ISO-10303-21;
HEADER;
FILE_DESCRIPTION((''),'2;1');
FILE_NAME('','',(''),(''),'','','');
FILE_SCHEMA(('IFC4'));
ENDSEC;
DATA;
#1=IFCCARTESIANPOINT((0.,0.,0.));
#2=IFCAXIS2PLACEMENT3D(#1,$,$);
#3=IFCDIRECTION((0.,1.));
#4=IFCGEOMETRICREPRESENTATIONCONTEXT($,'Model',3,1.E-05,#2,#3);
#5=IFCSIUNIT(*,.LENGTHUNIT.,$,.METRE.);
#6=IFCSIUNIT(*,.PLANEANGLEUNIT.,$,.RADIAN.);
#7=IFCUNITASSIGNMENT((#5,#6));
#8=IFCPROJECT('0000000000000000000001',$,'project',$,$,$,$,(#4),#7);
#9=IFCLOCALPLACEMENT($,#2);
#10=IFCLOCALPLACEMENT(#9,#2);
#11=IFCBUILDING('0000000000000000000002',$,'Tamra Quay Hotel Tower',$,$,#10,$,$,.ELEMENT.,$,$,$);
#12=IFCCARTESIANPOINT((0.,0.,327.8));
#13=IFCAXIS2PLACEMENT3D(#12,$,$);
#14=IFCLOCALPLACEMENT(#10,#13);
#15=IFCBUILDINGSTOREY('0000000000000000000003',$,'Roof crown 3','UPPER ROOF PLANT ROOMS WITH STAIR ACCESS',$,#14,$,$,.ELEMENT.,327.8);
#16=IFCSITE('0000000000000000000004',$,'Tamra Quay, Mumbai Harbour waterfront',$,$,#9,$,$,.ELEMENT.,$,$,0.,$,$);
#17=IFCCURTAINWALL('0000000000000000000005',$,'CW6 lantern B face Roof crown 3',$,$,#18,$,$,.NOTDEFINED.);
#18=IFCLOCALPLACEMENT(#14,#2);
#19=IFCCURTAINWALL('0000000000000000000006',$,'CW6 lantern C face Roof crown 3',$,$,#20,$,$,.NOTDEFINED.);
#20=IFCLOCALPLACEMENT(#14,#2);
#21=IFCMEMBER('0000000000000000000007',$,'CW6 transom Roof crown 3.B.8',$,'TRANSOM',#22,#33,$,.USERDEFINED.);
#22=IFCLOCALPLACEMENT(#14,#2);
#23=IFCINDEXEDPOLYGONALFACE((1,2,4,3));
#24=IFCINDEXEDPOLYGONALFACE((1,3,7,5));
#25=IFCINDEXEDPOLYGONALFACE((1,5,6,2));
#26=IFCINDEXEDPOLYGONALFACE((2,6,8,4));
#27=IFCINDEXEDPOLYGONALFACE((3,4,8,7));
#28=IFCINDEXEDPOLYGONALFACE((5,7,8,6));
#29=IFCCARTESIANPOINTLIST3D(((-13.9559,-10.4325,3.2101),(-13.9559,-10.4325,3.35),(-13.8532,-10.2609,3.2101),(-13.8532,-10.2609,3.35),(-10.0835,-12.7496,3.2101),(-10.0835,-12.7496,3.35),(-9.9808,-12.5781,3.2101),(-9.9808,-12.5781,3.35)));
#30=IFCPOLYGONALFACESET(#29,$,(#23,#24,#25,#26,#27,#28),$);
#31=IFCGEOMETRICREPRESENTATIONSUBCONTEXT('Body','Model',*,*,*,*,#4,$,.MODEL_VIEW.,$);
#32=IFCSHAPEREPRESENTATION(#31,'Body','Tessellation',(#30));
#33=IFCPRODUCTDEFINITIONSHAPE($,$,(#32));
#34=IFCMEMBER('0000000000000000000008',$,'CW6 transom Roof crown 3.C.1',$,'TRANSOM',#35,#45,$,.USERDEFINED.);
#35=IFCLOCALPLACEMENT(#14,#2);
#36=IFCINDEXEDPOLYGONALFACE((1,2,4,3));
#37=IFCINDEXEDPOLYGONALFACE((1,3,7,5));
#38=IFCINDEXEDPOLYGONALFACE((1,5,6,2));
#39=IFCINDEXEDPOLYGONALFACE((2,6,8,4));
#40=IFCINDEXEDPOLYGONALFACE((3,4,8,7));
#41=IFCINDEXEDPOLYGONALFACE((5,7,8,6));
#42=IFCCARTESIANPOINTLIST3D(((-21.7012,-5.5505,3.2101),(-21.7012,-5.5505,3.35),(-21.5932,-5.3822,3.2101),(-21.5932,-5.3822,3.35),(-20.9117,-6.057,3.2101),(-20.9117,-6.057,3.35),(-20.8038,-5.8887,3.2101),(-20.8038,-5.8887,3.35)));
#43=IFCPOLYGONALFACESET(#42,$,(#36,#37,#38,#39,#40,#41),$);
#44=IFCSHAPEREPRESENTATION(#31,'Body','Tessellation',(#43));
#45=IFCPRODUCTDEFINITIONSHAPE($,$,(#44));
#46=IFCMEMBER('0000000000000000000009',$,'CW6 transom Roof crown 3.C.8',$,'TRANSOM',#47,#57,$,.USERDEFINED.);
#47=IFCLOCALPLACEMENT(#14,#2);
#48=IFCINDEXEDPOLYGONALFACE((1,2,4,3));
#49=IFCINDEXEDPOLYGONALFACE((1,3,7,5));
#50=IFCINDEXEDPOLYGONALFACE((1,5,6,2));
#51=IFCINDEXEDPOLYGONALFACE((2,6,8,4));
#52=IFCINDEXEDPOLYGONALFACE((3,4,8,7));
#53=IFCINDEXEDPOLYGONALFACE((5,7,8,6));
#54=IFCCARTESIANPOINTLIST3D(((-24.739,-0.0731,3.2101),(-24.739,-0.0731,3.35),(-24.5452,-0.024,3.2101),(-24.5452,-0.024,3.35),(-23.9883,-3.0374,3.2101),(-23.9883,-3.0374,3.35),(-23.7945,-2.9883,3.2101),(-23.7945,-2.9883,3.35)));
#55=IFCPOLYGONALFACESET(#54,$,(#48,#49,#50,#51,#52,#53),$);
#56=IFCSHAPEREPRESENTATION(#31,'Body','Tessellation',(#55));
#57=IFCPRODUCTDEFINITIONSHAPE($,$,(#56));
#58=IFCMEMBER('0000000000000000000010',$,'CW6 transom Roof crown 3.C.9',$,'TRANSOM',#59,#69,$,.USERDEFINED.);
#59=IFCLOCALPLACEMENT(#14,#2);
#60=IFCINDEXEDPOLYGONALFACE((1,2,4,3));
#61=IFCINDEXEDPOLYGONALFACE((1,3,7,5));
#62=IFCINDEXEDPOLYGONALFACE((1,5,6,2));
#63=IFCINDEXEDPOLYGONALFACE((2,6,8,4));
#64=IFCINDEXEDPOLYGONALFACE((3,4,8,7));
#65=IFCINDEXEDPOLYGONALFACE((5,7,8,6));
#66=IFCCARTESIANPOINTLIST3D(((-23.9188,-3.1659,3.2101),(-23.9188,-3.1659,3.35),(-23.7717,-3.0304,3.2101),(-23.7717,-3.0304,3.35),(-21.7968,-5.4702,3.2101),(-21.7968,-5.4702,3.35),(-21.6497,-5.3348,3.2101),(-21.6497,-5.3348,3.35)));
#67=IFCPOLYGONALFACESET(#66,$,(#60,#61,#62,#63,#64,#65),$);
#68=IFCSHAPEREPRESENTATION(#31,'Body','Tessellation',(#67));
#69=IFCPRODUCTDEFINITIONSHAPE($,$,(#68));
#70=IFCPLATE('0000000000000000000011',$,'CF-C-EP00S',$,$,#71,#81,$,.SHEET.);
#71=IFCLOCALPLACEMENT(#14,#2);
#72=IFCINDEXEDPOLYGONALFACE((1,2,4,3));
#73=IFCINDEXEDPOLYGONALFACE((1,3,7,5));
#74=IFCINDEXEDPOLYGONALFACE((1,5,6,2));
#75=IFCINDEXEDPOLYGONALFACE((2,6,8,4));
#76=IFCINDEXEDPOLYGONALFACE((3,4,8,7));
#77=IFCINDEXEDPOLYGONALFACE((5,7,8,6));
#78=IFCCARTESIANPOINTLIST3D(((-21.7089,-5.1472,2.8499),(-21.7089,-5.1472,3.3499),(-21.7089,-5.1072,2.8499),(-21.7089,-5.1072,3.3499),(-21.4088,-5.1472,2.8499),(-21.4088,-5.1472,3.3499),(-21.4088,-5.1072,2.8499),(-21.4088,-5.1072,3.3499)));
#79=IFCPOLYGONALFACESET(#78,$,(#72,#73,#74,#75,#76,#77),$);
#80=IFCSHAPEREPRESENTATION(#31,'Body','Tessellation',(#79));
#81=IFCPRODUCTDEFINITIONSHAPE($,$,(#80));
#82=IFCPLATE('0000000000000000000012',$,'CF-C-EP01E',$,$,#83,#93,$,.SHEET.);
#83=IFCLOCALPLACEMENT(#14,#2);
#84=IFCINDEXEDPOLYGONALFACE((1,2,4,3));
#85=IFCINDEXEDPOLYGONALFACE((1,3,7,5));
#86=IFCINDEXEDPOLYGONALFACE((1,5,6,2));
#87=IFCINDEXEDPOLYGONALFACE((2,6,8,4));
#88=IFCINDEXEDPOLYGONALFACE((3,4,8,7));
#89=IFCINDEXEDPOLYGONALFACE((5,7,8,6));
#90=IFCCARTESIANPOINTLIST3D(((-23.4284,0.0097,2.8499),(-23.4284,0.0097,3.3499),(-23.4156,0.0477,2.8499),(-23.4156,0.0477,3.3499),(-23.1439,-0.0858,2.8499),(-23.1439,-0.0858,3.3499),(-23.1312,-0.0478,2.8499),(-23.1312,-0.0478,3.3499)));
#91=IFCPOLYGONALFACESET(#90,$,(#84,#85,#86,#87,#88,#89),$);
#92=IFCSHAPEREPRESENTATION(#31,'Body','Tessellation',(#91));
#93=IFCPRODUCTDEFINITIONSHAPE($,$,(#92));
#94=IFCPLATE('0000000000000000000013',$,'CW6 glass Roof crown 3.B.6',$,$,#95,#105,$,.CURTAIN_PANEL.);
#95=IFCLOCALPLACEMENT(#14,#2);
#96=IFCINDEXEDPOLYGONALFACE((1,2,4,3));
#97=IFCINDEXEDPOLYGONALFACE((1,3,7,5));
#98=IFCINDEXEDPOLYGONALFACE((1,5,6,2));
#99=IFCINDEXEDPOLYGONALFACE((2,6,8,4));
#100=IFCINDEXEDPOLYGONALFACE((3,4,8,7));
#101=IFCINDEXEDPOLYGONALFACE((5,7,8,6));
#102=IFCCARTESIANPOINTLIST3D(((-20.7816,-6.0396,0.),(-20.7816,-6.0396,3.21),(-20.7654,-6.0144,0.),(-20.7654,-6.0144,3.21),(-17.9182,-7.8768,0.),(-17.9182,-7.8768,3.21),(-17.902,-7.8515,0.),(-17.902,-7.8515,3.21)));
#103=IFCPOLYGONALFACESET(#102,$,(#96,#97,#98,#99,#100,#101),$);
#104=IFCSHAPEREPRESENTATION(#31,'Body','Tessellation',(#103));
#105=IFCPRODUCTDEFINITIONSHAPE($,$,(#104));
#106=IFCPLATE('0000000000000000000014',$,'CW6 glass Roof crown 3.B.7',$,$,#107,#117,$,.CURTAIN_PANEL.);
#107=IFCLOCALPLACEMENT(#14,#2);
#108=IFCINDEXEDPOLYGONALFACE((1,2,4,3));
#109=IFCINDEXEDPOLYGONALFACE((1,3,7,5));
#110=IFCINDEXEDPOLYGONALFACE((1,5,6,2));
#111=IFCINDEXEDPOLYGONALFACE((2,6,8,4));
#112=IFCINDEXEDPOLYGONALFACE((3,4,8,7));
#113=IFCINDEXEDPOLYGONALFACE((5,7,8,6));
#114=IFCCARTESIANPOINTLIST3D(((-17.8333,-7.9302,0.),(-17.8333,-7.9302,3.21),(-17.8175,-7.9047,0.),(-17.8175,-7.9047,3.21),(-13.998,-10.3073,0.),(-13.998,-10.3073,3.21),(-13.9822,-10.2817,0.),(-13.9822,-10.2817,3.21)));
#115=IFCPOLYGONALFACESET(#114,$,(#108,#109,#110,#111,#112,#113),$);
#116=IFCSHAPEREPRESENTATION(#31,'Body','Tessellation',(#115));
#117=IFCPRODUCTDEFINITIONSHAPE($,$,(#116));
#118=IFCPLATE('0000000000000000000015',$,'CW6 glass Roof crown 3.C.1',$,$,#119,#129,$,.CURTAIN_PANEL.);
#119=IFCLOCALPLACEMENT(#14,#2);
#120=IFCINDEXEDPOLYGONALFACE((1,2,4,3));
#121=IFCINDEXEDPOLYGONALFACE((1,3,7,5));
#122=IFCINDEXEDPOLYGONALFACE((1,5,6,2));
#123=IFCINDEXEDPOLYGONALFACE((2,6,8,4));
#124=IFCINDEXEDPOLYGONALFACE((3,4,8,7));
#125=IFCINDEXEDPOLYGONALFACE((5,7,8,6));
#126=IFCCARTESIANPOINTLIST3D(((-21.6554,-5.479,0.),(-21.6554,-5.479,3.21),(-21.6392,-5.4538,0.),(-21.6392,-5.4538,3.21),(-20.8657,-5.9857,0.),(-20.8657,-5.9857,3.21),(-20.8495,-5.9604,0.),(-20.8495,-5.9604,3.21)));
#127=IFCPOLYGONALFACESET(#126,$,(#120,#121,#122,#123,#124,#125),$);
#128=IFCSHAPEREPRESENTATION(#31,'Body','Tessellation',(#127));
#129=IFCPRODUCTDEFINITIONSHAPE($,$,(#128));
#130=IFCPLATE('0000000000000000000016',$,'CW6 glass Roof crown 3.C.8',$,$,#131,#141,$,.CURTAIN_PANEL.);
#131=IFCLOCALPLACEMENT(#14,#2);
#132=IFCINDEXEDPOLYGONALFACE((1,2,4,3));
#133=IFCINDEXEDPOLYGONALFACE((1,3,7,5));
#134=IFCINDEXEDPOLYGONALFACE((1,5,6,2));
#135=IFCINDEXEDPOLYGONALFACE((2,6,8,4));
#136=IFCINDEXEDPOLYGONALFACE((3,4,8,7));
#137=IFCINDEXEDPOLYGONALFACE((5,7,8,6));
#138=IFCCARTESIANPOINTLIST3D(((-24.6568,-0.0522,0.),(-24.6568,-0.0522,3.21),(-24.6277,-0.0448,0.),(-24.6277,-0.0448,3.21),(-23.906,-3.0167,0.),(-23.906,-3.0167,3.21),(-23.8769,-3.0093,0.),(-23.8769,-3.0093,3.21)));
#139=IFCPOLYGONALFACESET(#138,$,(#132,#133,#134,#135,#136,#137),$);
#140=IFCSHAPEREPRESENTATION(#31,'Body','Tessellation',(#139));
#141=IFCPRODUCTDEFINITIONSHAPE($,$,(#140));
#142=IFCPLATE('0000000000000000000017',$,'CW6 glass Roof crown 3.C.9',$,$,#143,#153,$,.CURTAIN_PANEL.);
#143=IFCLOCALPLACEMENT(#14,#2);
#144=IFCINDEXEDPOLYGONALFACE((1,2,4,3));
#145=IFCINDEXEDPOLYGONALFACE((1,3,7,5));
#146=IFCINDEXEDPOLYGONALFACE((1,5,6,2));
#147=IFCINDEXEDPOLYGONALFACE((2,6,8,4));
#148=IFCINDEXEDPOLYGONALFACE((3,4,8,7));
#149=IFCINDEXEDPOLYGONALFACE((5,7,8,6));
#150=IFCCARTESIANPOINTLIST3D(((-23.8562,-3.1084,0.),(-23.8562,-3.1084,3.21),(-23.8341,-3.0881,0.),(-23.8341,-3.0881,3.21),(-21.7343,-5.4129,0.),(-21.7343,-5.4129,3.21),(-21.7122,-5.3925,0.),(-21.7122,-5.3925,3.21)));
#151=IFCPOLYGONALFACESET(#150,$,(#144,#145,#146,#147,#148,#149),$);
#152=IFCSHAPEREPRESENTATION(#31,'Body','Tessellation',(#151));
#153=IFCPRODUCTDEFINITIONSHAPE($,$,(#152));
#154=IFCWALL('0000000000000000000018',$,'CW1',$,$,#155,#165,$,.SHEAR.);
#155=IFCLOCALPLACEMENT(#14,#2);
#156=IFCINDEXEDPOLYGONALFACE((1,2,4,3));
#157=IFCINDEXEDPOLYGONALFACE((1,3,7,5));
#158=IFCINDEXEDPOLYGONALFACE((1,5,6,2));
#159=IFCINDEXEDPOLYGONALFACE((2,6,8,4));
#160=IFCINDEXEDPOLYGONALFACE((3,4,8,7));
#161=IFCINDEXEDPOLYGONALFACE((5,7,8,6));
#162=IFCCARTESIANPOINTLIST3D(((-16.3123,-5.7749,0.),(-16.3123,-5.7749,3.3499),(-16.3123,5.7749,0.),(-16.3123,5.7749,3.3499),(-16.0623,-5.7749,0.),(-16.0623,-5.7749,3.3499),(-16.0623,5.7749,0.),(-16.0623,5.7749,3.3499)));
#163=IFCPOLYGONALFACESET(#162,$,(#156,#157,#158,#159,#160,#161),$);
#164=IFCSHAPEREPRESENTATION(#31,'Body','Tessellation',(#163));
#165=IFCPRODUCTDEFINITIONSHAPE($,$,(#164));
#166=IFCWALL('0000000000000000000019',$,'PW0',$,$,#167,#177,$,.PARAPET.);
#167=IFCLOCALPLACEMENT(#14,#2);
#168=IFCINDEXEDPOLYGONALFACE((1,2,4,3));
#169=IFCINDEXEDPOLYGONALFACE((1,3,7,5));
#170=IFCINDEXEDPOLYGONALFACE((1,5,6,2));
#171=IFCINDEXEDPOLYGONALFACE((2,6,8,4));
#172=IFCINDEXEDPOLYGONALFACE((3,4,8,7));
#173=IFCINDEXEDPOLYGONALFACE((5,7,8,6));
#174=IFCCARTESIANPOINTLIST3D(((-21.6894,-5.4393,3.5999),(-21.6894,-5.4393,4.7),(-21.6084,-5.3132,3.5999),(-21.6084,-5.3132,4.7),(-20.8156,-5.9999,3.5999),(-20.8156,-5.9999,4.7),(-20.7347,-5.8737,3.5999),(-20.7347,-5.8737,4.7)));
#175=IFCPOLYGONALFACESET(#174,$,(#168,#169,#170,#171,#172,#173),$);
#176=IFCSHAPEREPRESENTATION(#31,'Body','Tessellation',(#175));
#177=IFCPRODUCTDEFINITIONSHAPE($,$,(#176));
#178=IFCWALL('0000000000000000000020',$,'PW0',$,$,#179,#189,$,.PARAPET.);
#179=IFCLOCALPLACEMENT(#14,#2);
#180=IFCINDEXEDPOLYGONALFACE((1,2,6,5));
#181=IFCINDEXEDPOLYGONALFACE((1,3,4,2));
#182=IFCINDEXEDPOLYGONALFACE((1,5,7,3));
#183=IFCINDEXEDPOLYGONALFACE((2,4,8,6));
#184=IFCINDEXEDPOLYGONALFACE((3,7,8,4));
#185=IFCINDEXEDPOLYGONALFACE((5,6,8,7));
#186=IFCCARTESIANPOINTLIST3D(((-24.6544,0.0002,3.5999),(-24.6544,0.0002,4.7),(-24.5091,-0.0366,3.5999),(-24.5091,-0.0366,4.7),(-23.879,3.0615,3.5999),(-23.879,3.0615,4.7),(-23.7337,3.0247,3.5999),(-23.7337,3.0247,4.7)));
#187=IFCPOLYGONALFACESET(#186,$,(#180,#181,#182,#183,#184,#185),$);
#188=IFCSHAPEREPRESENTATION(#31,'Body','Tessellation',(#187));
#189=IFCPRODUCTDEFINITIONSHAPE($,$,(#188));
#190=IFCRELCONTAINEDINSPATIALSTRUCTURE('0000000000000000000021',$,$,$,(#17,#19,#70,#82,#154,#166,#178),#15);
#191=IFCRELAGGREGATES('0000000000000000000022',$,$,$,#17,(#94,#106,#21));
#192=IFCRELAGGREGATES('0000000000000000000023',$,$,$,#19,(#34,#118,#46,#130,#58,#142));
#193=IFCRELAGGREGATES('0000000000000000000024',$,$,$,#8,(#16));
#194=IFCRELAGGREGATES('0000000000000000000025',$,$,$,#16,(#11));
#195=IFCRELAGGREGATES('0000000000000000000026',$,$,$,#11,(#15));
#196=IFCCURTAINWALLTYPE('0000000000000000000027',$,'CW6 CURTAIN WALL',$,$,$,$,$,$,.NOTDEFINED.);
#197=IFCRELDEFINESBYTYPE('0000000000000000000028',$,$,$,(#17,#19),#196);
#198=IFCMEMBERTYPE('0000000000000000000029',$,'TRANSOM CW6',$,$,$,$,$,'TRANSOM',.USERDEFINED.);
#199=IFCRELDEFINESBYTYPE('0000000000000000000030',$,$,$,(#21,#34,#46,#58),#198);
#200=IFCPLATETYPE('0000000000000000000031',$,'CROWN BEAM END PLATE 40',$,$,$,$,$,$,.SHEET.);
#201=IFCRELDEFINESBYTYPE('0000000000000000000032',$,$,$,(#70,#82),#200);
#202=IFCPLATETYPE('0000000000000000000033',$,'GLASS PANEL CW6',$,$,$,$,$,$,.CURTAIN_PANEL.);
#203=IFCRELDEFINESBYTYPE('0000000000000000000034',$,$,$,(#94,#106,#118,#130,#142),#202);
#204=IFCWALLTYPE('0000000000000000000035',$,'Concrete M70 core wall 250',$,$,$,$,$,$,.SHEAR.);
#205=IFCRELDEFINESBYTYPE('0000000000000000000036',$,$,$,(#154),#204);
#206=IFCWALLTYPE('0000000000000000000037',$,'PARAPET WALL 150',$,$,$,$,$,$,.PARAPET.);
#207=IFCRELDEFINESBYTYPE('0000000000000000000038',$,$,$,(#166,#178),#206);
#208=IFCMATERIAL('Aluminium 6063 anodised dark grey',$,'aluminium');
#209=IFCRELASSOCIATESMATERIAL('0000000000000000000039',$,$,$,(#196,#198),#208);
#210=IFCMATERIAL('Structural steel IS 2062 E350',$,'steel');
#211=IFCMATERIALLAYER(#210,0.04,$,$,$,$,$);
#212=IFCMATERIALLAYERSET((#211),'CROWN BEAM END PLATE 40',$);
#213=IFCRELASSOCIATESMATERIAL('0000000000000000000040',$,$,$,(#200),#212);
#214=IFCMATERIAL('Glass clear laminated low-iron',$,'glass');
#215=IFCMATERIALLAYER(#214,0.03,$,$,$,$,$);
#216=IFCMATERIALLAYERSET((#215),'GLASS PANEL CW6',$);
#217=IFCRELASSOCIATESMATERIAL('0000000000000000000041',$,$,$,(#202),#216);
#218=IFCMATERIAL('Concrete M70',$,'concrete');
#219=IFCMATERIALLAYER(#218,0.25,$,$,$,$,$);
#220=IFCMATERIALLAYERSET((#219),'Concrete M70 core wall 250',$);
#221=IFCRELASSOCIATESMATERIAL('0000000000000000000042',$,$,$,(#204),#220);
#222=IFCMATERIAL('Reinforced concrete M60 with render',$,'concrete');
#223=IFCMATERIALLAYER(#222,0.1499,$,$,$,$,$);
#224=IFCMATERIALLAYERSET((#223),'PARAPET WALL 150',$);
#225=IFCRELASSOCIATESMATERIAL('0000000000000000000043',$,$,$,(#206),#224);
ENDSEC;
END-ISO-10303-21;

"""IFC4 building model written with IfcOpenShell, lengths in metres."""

from ifc_helpers import new_model, si_unit, direction, frame, frame_2d, origin, origin_2d, place, context, subcontext, project, spatial, rectangle, extrude, material, layer, layer_set, material_profile, profile_set, type_object, element, aggregate, save


model = new_model("IFC4")

# Units and contexts
model_context = context("Model", 3, precision=1e-05, world=origin(), true_north=direction((0.0, 1.0)))
body_context = subcontext(model_context, "Body", "Model", "MODEL_VIEW")
ifc_project = project(units=[si_unit("LENGTHUNIT", "METRE"), si_unit("PLANEANGLEUNIT", "RADIAN")], contexts=[model_context])

# Site, building, storey
site_placement = place(None, origin())
site = spatial("IfcSite", under=ifc_project, at=site_placement, Name="Tamra Quay, Mumbai Harbour waterfront", CompositionType="ELEMENT", RefElevation=0.0)
building_placement = place(site_placement, origin())
building = spatial("IfcBuilding", under=site, at=building_placement, Name="Tamra Quay Hotel Tower", CompositionType="ELEMENT")
storey_placement = place(building_placement, frame((0.0, 0.0, 327.8)))
storey = spatial("IfcBuildingStorey", under=building, at=storey_placement, Name="Roof crown 3", Description="UPPER ROOF PLANT ROOMS WITH STAIR ACCESS", CompositionType="ELEMENT", Elevation=327.8)

# Shared definitions
ifc_material_1 = material(Name="Structural steel IS 2062 E350", Category="steel")

# Curtain walls
ifc_material_2 = material(Name="Aluminium 6063 anodised dark grey", Category="aluminium")
curtain_wall_type = type_object("IfcCurtainWallType", Name="CW6 CURTAIN WALL", PredefinedType="NOTDEFINED", material=ifc_material_2)
curtain_wall_1_placement = place(storey_placement, origin())
curtain_wall_1 = element("IfcCurtainWall", 1, at=curtain_wall_1_placement, inside=storey, type_object=curtain_wall_type, Name="CW6 lantern B face Roof crown 3", PredefinedType="NOTDEFINED")
curtain_wall_2_placement = place(storey_placement, origin())
curtain_wall_2 = element("IfcCurtainWall", 2, at=curtain_wall_2_placement, inside=storey, type_object=curtain_wall_type, Name="CW6 lantern C face Roof crown 3", PredefinedType="NOTDEFINED")

# Members
ifc_material_profile_1 = material_profile(ifc_material_2, rectangle(XDim=0.2, YDim=0.1399, at=origin_2d()), Name="TRANSOM 200X140")
ifc_profile_set_1 = profile_set([ifc_material_profile_1], Name="Aluminium 6063 anodised dark grey")
member_type_1 = type_object("IfcMemberType", Name="TRANSOM CW6", ElementType="TRANSOM", PredefinedType="USERDEFINED", material=ifc_profile_set_1)
member_1_placement = place(storey_placement, frame((-13.9045, -10.3467, 3.28), z_axis=(0.858103, -0.513477, 0.0), x_axis=(0.513477, 0.858103, 0.0)))
member_1 = element("IfcMember", 3, at=member_1_placement, type_object=member_type_1, Name="CW6 transom Roof crown 3.B.8", ObjectType="TRANSOM", PredefinedType="USERDEFINED", context=body_context, shape_type="SweptSolid", body=[
    extrude(rectangle(XDim=0.2, YDim=0.1399, at=origin_2d()), origin(), (0.0, 0.0, 1.0), 4.5127),
])
member_2_placement = place(storey_placement, frame((-21.6472, -5.4663, 3.28), z_axis=(0.841652, -0.540021, 0.0), x_axis=(0.540021, 0.841652, 0.0)))
member_2 = element("IfcMember", 4, at=member_2_placement, type_object=member_type_1, Name="CW6 transom Roof crown 3.C.1", ObjectType="TRANSOM", PredefinedType="USERDEFINED", context=body_context, shape_type="SweptSolid", body=[
    extrude(rectangle(XDim=0.2, YDim=0.1399, at=origin_2d()), origin(), (0.0, 0.0, 1.0), 0.938),
])
member_3_placement = place(storey_placement, frame((-24.6421, -0.0486, 3.28), z_axis=(0.245503, -0.969396, 0.0), x_axis=(0.969396, 0.245503, 0.0)))
member_3 = element("IfcMember", 5, at=member_3_placement, type_object=member_type_1, Name="CW6 transom Roof crown 3.C.8", ObjectType="TRANSOM", PredefinedType="USERDEFINED", context=body_context, shape_type="SweptSolid", body=[
    extrude(rectangle(XDim=0.2, YDim=0.1399, at=origin_2d()), origin(), (0.0, 0.0, 1.0), 3.0579),
])
member_4_placement = place(storey_placement, frame((-23.8452, -3.0981, 3.28), z_axis=(0.677399, -0.735616, 0.0), x_axis=(0.735616, 0.677399, 0.0)))
member_4 = element("IfcMember", 6, at=member_4_placement, type_object=member_type_1, Name="CW6 transom Roof crown 3.C.9", ObjectType="TRANSOM", PredefinedType="USERDEFINED", context=body_context, shape_type="SweptSolid", body=[
    extrude(rectangle(XDim=0.2, YDim=0.1399, at=origin_2d()), origin(), (0.0, 0.0, 1.0), 3.1326),
])

# Plates
ifc_layer_1 = layer(ifc_material_1, 0.04)
ifc_layer_set_1 = layer_set([ifc_layer_1], Name="CROWN BEAM END PLATE 40")
plate_type_1 = type_object("IfcPlateType", Name="CROWN BEAM END PLATE 40", PredefinedType="SHEET", material=ifc_layer_set_1)
for number, where, z_axis, x_axis, name in (
    (7, (-21.5588, -5.1272, 2.8499), (0.0, 0.0, 1.0), (0.0, 1.0, 0.0), "CF-C-EP00S"),
    (8, (-23.2798, -0.019, 2.8499), (0.0, 0.0, 1.0), (-0.318243, -0.948009, 0.0), "CF-C-EP01E"),
):
    element("IfcPlate", number, at=place(storey_placement, frame(where, z_axis=z_axis, x_axis=x_axis)), inside=storey, type_object=plate_type_1, Name=name, PredefinedType="SHEET", context=body_context, shape_type="SweptSolid", body=[
        extrude(rectangle(XDim=0.04, YDim=0.3, at=origin_2d()), origin(), (0.0, 0.0, 1.0), 0.5),
    ])

# Plates
ifc_material_3 = material(Name="Glass clear laminated low-iron", Category="glass")
ifc_layer_2 = layer(ifc_material_3, 0.03)
ifc_layer_set_2 = layer_set([ifc_layer_2], Name="GLASS PANEL CW6")
plate_type_2 = type_object("IfcPlateType", Name="GLASS PANEL CW6", PredefinedType="CURTAIN_PANEL", material=ifc_layer_set_2)
plate_1_placement = place(storey_placement, frame((-19.3418, -6.9456, 0.0), z_axis=(0.0, 0.0, 1.0), x_axis=(0.841665, -0.54, 0.0)))
plate_1 = element("IfcPlate", 9, at=plate_1_placement, type_object=plate_type_2, Name="CW6 glass Roof crown 3.B.6", PredefinedType="CURTAIN_PANEL", context=body_context, shape_type="SweptSolid", body=[
    extrude(rectangle(XDim=3.4021, YDim=0.03, at=origin_2d()), origin(), (0.0, 0.0, 1.0), 3.21),
])
plate_2_placement = place(storey_placement, frame((-15.9077, -9.106, 0.0), z_axis=(0.0, 0.0, 1.0), x_axis=(0.849982, -0.526812, 0.0)))
plate_2 = element("IfcPlate", 10, at=plate_2_placement, type_object=plate_type_2, Name="CW6 glass Roof crown 3.B.7", PredefinedType="CURTAIN_PANEL", context=body_context, shape_type="SweptSolid", body=[
    extrude(rectangle(XDim=4.5122, YDim=0.03, at=origin_2d()), origin(), (0.0, 0.0, 1.0), 3.21),
])
aggregate(curtain_wall_1, [plate_1, plate_2, member_1])
plate_3_placement = place(storey_placement, frame((-21.2524, -5.7197, 0.0), z_axis=(0.0, 0.0, 1.0), x_axis=(0.841665, -0.54, 0.0)))
plate_3 = element("IfcPlate", 11, at=plate_3_placement, type_object=plate_type_2, Name="CW6 glass Roof crown 3.C.1", PredefinedType="CURTAIN_PANEL", context=body_context, shape_type="SweptSolid", body=[
    extrude(rectangle(XDim=0.9382, YDim=0.03, at=origin_2d()), origin(), (0.0, 0.0, 1.0), 3.21),
])
plate_4_placement = place(storey_placement, frame((-24.2668, -1.5308, 0.0), z_axis=(0.0, 0.0, 1.0), x_axis=(0.245527, -0.96939, 0.0)))
plate_4 = element("IfcPlate", 12, at=plate_4_placement, type_object=plate_type_2, Name="CW6 glass Roof crown 3.C.8", PredefinedType="CURTAIN_PANEL", context=body_context, shape_type="SweptSolid", body=[
    extrude(rectangle(XDim=3.0581, YDim=0.03, at=origin_2d()), origin(), (0.0, 0.0, 1.0), 3.21),
])
plate_5_placement = place(storey_placement, frame((-22.7842, -4.2505, 0.0), z_axis=(0.0, 0.0, 1.0), x_axis=(0.677376, -0.735637, 0.0)))
plate_5 = element("IfcPlate", 13, at=plate_5_placement, type_object=plate_type_2, Name="CW6 glass Roof crown 3.C.9", PredefinedType="CURTAIN_PANEL", context=body_context, shape_type="SweptSolid", body=[
    extrude(rectangle(XDim=3.1326, YDim=0.03, at=origin_2d()), origin(), (0.0, 0.0, 1.0), 3.21),
])
aggregate(curtain_wall_2, [member_2, plate_3, member_3, plate_4, member_4, plate_5])

# Walls
ifc_material_4 = material(Name="Concrete M70", Category="concrete")
ifc_layer_3 = layer(ifc_material_4, 0.25)
ifc_layer_set_3 = layer_set([ifc_layer_3], Name="Concrete M70 core wall 250")
wall_type_1 = type_object("IfcWallType", Name="Concrete M70 core wall 250", PredefinedType="SHEAR", material=ifc_layer_set_3)
wall_1_placement = place(storey_placement, frame((-16.1873, -5.7749, 0.0), z_axis=(0.0, 0.0, 1.0), x_axis=(0.0, 1.0, 0.0)))
element("IfcWall", 14, at=wall_1_placement, inside=storey, type_object=wall_type_1, Name="CW1", PredefinedType="SHEAR", context=body_context, shape_type="SweptSolid", body=[
    extrude(rectangle(XDim=11.5498, YDim=0.25, at=frame_2d((5.7749, 0.0))), origin(), (0.0, 0.0, 1.0), 3.3499),
])
ifc_material_5 = material(Name="Reinforced concrete M60 with render", Category="concrete")
ifc_layer_4 = layer(ifc_material_5, 0.1499)
ifc_layer_set_4 = layer_set([ifc_layer_4], Name="PARAPET WALL 150")
wall_type_2 = type_object("IfcWallType", Name="PARAPET WALL 150", PredefinedType="PARAPET", material=ifc_layer_set_4)
wall_2_placement = place(storey_placement, frame((-20.7751, -5.9368, 3.5999), z_axis=(0.0, 0.0, 1.0), x_axis=(-0.84169, 0.539961, 0.0)))
element("IfcWall", 15, at=wall_2_placement, inside=storey, type_object=wall_type_2, Name="PW0", PredefinedType="PARAPET", context=body_context, shape_type="SweptSolid", body=[
    extrude(rectangle(XDim=1.0381, YDim=0.1499, at=frame_2d((0.519, 0.0))), origin(), (0.0, 0.0, 1.0), 1.1001),
])
for number, where, z_axis, x_axis, name in (
    (16, (-24.5818, -0.0183, 3.5999), (0.0, 0.0, 1.0), (0.245536, 0.969387, 0.0), "PW0"),
):
    element("IfcWall", number, at=place(storey_placement, frame(where, z_axis=z_axis, x_axis=x_axis)), inside=storey, type_object=wall_type_2, Name=name, PredefinedType="PARAPET", context=body_context, shape_type="SweptSolid", body=[
        extrude(rectangle(XDim=3.158, YDim=0.1499, at=frame_2d((1.5791, 0.0))), origin(), (0.0, 0.0, 1.0), 1.1001),
    ])

save(model, "model.ifc")
